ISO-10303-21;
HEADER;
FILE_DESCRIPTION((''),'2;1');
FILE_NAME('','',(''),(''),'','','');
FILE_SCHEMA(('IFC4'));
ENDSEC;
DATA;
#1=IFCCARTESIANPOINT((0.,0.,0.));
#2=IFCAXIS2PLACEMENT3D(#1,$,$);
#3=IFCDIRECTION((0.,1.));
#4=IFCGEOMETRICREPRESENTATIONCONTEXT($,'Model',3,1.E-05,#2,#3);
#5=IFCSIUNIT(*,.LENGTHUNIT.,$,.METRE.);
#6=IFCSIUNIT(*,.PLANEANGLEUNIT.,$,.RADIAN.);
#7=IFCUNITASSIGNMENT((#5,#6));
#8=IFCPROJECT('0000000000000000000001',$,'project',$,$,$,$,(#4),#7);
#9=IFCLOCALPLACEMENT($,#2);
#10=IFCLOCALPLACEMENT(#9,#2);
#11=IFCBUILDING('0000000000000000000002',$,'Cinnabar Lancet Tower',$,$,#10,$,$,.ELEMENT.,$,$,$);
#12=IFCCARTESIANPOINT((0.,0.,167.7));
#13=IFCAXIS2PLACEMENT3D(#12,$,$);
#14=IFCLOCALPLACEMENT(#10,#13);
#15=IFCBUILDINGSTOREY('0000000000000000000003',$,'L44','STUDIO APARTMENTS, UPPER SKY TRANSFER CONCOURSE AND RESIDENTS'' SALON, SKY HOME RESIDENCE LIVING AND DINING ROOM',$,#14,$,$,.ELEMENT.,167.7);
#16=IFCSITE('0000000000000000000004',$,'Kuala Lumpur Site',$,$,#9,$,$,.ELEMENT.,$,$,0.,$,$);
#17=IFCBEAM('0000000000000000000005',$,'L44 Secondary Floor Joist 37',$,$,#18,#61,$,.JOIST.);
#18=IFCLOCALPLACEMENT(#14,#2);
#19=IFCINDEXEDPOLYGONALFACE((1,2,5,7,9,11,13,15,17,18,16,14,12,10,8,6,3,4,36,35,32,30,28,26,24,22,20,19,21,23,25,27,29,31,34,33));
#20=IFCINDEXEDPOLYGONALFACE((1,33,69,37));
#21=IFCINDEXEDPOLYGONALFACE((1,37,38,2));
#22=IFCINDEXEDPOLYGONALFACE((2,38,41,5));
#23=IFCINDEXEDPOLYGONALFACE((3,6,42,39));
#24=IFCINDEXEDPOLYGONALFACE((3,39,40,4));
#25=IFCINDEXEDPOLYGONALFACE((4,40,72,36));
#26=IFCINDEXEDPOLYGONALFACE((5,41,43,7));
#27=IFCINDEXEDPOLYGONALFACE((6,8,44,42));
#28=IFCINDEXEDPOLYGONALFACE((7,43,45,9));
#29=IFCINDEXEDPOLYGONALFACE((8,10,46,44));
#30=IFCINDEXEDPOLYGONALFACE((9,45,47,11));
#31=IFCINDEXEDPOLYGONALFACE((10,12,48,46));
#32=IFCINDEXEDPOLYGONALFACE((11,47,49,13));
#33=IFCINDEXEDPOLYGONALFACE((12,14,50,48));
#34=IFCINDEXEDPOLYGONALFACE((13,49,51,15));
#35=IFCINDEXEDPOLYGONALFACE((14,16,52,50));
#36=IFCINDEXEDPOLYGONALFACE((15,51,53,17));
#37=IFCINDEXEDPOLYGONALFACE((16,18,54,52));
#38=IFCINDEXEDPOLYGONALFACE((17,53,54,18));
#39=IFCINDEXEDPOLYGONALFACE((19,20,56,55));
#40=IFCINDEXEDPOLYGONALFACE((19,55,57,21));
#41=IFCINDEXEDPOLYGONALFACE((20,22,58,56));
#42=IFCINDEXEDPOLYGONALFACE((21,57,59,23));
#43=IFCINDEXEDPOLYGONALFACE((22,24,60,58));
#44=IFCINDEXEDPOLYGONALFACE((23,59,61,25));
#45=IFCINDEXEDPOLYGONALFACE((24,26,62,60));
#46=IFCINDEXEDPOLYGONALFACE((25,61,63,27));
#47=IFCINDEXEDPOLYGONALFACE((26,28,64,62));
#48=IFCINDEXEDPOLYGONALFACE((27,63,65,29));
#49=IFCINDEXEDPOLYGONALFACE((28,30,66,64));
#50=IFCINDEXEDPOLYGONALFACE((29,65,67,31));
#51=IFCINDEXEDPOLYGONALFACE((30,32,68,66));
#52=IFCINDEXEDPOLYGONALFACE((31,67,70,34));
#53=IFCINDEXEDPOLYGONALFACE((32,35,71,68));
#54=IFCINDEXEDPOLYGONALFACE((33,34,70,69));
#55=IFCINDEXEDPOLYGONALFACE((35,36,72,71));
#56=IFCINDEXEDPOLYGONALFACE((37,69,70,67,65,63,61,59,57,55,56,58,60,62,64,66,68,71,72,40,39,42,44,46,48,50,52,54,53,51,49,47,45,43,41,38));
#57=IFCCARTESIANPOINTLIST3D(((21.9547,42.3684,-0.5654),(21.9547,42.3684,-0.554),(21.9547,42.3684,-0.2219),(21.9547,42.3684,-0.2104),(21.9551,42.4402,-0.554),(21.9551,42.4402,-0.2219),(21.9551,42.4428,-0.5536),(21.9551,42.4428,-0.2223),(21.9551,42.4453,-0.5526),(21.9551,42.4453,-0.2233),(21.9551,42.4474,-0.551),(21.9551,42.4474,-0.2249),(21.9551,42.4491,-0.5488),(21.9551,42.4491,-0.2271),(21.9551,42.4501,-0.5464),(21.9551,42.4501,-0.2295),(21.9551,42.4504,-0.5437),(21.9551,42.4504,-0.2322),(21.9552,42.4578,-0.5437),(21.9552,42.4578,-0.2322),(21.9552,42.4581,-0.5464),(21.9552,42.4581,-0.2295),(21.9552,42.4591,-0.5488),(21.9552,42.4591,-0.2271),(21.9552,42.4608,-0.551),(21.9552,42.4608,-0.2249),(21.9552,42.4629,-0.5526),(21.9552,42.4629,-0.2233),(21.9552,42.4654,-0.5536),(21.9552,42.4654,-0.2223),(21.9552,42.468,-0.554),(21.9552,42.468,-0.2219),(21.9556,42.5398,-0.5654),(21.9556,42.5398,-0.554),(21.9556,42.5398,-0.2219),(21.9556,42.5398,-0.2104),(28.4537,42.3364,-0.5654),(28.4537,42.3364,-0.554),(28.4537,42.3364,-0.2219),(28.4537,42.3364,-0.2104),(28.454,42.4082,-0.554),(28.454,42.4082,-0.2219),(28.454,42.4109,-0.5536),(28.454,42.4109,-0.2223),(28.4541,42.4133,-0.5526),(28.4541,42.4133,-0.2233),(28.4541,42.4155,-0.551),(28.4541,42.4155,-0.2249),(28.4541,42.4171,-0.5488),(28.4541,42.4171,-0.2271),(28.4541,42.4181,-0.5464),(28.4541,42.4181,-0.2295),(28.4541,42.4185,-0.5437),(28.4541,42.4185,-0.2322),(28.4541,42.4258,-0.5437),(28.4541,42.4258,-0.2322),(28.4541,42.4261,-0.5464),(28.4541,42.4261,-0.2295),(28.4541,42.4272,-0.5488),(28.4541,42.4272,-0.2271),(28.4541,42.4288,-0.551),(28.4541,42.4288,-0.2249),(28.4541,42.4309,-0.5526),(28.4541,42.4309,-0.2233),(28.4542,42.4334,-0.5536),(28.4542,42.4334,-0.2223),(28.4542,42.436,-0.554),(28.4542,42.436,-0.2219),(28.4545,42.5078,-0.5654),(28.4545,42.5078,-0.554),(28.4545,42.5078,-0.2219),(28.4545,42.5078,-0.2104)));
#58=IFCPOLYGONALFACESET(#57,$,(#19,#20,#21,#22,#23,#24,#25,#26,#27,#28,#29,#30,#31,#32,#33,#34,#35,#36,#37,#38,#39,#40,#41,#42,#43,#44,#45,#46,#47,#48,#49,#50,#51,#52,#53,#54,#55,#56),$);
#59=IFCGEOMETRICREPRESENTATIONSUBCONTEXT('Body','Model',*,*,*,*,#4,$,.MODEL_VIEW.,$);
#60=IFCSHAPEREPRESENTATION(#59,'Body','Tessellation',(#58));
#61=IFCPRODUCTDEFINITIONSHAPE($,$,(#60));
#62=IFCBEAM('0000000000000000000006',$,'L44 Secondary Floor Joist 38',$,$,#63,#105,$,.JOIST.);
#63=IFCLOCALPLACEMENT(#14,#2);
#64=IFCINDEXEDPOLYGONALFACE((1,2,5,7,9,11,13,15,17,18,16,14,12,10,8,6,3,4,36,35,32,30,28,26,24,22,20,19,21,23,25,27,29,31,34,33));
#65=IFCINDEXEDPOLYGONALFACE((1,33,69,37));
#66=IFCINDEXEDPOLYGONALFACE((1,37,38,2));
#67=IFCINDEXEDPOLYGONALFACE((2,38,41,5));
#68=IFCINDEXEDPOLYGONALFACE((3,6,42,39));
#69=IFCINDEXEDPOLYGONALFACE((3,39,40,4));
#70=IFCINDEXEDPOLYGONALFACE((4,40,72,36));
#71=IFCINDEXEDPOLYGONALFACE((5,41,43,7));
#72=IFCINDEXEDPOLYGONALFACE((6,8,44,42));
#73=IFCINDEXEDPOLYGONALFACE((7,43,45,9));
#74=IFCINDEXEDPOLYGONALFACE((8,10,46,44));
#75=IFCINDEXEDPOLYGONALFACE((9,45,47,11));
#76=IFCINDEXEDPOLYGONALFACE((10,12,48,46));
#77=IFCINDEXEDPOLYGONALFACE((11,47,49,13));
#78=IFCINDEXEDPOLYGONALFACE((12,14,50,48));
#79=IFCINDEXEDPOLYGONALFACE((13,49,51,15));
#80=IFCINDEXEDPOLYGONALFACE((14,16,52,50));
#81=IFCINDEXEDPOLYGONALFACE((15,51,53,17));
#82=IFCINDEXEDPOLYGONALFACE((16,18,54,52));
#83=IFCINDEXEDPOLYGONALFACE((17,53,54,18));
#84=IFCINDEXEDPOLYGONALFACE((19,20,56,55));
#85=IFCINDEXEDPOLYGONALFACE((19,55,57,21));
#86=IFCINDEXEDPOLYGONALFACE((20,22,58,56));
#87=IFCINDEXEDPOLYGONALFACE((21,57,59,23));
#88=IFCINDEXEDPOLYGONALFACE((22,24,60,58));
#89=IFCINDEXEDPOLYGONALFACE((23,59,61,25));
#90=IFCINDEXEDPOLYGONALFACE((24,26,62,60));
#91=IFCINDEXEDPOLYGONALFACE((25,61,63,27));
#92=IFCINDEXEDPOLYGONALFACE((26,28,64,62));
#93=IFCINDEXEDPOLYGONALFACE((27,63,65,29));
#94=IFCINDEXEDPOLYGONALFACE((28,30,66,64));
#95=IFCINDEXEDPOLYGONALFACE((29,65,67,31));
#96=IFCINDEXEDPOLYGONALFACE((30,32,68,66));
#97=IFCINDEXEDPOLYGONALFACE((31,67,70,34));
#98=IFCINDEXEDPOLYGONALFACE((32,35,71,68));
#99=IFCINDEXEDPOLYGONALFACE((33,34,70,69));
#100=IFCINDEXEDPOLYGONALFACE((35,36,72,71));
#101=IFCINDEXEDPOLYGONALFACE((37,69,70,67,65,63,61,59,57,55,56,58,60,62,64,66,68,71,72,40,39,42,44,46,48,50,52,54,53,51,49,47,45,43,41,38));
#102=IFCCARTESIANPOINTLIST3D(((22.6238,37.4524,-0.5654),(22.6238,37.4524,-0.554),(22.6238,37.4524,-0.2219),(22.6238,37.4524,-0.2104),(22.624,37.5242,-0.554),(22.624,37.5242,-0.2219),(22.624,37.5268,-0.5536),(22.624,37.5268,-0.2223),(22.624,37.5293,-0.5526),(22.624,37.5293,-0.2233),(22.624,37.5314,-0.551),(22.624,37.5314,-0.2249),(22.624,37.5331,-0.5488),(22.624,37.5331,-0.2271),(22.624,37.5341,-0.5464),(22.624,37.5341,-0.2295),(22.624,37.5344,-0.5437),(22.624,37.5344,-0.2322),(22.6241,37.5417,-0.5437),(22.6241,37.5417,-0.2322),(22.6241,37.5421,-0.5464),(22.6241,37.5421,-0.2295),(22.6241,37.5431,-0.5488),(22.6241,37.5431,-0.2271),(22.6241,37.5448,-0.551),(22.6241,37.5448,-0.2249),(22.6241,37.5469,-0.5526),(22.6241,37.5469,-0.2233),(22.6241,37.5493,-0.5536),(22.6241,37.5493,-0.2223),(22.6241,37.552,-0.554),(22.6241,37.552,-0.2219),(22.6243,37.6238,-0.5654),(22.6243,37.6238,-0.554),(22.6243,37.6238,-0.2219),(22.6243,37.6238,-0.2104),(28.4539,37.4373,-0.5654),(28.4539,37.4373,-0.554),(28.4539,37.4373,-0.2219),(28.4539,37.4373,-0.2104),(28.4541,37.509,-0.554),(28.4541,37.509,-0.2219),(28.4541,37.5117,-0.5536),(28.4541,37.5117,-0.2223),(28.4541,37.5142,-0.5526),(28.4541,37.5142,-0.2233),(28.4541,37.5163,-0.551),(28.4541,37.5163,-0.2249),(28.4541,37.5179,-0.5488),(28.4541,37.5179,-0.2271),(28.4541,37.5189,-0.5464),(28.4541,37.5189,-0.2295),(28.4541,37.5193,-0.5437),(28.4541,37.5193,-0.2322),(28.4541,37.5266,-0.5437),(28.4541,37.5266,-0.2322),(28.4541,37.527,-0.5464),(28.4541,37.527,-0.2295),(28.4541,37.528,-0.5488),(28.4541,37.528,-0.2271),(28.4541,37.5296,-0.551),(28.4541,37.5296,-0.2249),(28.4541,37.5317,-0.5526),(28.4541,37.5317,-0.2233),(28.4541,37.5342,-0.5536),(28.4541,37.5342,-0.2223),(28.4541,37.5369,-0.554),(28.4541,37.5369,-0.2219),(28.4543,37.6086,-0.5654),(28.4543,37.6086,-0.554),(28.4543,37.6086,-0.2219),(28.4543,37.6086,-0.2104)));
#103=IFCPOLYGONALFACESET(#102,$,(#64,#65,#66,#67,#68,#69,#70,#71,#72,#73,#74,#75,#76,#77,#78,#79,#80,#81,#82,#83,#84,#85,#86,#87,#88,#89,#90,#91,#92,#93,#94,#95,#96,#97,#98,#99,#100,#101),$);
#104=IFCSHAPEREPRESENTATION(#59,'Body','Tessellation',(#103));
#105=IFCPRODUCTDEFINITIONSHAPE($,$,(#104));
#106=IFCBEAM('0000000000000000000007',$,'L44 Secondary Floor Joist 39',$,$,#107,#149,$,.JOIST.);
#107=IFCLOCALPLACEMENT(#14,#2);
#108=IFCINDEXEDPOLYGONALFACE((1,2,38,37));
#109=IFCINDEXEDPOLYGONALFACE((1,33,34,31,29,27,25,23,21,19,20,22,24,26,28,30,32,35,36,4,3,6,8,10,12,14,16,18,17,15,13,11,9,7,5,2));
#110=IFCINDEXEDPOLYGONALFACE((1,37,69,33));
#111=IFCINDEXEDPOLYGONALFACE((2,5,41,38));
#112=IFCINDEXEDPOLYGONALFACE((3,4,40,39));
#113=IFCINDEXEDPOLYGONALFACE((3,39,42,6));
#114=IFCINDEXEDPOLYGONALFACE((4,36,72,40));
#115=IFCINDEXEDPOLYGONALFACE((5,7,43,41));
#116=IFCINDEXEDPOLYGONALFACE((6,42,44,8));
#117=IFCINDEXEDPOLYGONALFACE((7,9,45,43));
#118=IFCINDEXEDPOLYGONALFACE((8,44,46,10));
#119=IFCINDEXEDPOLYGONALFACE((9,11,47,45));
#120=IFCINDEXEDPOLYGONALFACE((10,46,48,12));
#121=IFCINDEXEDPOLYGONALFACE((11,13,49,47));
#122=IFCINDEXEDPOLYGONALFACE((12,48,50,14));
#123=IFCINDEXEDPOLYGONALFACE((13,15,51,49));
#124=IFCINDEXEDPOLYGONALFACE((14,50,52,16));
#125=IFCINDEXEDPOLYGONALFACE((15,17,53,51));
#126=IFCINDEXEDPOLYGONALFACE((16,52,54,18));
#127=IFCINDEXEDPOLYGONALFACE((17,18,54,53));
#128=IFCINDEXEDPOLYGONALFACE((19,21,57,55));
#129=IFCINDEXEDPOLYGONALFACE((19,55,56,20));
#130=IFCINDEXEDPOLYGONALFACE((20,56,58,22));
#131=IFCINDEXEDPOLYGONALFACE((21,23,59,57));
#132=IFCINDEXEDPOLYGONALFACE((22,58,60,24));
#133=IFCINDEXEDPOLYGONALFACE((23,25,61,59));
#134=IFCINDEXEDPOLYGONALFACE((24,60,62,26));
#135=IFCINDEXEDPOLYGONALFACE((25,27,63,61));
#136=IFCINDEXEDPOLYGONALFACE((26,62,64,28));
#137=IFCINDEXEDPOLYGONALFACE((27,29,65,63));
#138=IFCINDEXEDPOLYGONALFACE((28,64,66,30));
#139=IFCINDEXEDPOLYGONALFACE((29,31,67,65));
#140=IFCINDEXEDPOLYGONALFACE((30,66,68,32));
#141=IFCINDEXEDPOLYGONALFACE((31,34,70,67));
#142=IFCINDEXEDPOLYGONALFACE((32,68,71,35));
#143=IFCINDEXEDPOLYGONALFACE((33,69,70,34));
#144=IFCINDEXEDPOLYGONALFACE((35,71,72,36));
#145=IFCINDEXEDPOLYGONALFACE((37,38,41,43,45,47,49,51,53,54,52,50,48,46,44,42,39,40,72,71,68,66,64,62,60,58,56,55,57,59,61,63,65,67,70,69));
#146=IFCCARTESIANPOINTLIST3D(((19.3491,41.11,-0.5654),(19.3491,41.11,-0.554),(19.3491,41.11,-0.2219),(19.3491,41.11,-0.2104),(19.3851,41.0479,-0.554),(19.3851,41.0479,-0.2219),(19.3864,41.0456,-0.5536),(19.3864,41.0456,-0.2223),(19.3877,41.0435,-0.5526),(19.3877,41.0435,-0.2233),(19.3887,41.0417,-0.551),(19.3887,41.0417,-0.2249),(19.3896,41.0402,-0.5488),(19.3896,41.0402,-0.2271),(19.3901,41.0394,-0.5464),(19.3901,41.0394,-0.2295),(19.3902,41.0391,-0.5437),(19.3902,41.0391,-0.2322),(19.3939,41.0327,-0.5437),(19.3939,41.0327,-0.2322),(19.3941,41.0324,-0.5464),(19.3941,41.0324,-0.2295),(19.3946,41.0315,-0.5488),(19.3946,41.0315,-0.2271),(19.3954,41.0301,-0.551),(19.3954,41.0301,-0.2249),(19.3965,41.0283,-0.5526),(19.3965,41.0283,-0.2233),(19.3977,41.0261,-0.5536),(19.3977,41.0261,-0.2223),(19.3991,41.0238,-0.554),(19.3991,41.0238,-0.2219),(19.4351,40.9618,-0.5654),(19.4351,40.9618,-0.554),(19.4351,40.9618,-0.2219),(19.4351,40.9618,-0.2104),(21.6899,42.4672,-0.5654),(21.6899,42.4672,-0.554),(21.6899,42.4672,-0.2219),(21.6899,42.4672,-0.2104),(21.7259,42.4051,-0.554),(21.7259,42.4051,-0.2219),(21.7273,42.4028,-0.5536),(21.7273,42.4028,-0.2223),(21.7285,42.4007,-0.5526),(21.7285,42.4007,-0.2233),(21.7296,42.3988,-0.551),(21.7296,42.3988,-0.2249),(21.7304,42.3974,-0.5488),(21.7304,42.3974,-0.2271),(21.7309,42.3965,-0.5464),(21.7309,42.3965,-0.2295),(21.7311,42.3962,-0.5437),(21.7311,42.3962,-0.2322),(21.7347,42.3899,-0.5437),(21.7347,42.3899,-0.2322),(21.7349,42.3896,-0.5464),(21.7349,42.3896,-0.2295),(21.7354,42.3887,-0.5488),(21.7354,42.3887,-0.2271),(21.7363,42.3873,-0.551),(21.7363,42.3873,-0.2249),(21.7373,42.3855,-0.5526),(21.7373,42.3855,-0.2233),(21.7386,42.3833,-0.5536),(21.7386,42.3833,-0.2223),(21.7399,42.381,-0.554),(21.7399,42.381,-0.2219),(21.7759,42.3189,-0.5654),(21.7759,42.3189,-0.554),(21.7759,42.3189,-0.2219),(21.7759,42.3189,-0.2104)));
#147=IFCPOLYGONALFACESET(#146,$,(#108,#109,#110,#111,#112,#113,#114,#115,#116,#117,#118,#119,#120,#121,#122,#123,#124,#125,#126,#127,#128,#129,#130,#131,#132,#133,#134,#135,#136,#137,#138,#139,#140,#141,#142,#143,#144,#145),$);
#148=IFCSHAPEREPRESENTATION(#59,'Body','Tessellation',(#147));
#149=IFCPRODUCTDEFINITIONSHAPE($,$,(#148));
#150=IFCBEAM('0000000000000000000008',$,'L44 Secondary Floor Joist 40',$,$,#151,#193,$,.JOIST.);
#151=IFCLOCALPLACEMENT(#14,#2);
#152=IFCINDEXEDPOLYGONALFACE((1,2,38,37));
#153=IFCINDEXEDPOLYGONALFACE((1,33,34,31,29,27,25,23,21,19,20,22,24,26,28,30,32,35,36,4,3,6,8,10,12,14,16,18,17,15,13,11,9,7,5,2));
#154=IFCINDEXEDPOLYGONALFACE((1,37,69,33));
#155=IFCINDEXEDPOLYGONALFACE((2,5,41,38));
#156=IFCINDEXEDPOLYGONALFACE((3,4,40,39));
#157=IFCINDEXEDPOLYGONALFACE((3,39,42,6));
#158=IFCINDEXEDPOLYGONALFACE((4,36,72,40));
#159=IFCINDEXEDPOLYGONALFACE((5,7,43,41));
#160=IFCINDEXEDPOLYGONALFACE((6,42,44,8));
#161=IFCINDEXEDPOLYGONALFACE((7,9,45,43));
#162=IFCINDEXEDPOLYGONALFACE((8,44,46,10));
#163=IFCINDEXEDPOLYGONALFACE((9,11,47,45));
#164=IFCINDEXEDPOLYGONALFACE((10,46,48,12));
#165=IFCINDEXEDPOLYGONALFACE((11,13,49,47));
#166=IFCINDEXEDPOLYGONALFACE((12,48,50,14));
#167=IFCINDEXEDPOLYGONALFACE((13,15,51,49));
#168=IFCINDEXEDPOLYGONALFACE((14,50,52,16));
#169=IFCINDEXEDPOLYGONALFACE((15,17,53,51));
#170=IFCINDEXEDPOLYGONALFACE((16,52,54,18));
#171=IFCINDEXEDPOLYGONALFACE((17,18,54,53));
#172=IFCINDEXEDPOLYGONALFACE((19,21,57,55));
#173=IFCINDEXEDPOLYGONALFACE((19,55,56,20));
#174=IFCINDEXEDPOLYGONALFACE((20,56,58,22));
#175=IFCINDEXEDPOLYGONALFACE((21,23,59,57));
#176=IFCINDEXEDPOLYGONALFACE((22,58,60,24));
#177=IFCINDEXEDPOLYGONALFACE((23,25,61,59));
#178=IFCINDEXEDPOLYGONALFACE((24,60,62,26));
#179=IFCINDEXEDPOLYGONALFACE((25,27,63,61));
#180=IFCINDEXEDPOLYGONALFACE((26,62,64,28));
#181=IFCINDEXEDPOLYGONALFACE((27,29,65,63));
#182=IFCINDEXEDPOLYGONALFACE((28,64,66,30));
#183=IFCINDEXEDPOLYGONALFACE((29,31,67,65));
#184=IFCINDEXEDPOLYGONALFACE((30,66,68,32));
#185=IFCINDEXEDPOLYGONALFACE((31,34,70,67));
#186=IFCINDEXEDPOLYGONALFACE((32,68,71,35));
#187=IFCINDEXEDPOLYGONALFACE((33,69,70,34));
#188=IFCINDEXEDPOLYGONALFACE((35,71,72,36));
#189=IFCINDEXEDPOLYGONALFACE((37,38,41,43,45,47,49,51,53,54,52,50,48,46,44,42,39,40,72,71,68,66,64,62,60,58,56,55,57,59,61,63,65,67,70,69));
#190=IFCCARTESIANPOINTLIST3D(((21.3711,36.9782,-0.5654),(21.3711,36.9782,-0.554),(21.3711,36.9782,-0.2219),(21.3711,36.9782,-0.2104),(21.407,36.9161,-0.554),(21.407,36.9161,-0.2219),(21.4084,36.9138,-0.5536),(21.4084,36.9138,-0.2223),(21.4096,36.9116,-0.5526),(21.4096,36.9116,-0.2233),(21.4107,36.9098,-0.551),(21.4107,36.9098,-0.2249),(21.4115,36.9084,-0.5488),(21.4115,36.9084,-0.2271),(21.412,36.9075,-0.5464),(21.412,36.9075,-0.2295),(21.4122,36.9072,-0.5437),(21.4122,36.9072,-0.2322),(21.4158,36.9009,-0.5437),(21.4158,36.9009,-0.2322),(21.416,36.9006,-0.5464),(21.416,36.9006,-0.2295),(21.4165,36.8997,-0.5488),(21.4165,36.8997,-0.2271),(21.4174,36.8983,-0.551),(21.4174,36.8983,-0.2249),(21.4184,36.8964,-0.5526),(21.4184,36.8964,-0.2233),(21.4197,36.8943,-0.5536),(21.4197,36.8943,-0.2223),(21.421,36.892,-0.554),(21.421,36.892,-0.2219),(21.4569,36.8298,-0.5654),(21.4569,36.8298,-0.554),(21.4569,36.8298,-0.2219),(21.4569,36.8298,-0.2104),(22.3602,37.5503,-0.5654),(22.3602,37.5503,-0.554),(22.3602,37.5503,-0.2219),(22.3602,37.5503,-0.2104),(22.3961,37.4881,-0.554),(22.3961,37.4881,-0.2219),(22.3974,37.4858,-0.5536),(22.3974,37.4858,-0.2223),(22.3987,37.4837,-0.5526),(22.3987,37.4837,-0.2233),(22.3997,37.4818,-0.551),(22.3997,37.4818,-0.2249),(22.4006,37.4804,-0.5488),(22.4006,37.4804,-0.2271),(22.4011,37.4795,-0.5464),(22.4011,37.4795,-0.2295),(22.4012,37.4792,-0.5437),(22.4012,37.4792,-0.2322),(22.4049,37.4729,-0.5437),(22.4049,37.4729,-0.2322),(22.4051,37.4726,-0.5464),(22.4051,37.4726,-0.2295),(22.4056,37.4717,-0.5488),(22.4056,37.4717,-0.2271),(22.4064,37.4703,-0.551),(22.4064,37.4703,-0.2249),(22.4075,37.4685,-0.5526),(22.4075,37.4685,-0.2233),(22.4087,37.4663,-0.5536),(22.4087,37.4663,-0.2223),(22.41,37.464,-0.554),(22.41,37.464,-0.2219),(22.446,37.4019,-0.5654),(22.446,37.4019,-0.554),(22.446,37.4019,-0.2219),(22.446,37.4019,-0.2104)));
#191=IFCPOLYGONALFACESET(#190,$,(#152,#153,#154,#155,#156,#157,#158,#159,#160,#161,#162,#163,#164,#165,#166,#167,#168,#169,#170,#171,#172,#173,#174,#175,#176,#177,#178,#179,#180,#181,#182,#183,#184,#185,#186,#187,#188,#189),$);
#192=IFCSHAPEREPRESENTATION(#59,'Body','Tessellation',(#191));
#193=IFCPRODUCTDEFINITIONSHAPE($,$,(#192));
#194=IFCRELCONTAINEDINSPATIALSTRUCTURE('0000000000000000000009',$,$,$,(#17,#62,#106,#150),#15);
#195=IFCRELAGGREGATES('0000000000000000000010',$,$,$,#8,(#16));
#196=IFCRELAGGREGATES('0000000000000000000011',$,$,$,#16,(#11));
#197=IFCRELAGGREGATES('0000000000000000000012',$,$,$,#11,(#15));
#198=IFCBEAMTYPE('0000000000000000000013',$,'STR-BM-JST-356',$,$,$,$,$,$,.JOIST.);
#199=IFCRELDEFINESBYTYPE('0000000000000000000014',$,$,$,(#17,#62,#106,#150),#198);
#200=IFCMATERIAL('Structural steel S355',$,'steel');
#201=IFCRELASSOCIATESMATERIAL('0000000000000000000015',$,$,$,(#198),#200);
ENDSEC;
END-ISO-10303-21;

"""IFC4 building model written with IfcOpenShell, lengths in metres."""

from ifc_helpers import new_model, si_unit, direction, frame, origin, origin_2d, place, context, subcontext, project, spatial, i_section, extrude, material, material_profile, profile_set, type_object, element, save


model = new_model("IFC4")

# Units and contexts
model_context = context("Model", 3, precision=1e-05, world=origin(), true_north=direction((0.0, 1.0)))
body_context = subcontext(model_context, "Body", "Model", "MODEL_VIEW")
ifc_project = project(units=[si_unit("LENGTHUNIT", "METRE"), si_unit("PLANEANGLEUNIT", "RADIAN")], contexts=[model_context])

# Site, building, storey
site_placement = place(None, origin())
site = spatial("IfcSite", under=ifc_project, at=site_placement, Name="Kuala Lumpur Site", CompositionType="ELEMENT", RefElevation=0.0)
building_placement = place(site_placement, origin())
building = spatial("IfcBuilding", under=site, at=building_placement, Name="Cinnabar Lancet Tower", CompositionType="ELEMENT")
storey_placement = place(building_placement, frame((0.0, 0.0, 167.7)))
storey = spatial("IfcBuildingStorey", under=building, at=storey_placement, Name="L44", Description="STUDIO APARTMENTS, UPPER SKY TRANSFER CONCOURSE AND RESIDENTS' SALON, SKY HOME RESIDENCE LIVING AND DINING ROOM", CompositionType="ELEMENT", Elevation=167.7)

# Beams
ifc_material_1 = material(Name="Structural steel S355", Category="steel")
ifc_material_profile_1 = material_profile(ifc_material_1, i_section(OverallWidth=0.1714, OverallDepth=0.355, WebThickness=0.0073, FlangeThickness=0.0115, FilletRadius=0.0103, at=origin_2d()), Name="UKB 356x171x51")
ifc_profile_set_1 = profile_set([ifc_material_profile_1], Name="Structural steel S355")
beam_type_1 = type_object("IfcBeamType", Name="STR-BM-JST-356", PredefinedType="JOIST", material=ifc_profile_set_1)
beam_1_placement = place(storey_placement, frame((28.4541, 42.4221, -0.3879), z_axis=(-0.999988, 0.004921, 0.0), x_axis=(-0.004921, -0.999988, 0.0)))
element("IfcBeam", 1, at=beam_1_placement, inside=storey, type_object=beam_type_1, Name="L44 Secondary Floor Joist 37", PredefinedType="JOIST", context=body_context, shape_type="SweptSolid", body=[
    extrude(i_section(OverallWidth=0.1714, OverallDepth=0.355, WebThickness=0.0073, FlangeThickness=0.0115, FilletRadius=0.0103, at=origin_2d()), origin(), (0.0, 0.0, 1.0), 6.499),
])
beam_2_placement = place(storey_placement, frame((28.4541, 37.5229, -0.3879), z_axis=(-0.999997, 0.002596, 0.0), x_axis=(-0.002596, -0.999997, 0.0)))
element("IfcBeam", 2, at=beam_2_placement, inside=storey, type_object=beam_type_1, Name="L44 Secondary Floor Joist 38", PredefinedType="JOIST", context=body_context, shape_type="SweptSolid", body=[
    extrude(i_section(OverallWidth=0.1714, OverallDepth=0.355, WebThickness=0.0073, FlangeThickness=0.0115, FilletRadius=0.0103, at=origin_2d()), origin(), (0.0, 0.0, 1.0), 5.8301),
])
beam_3_placement = place(storey_placement, frame((21.7329, 42.3931, -0.3879), z_axis=(-0.865111, -0.50158, 0.0), x_axis=(0.50158, -0.865111, 0.0)))
element("IfcBeam", 3, at=beam_3_placement, inside=storey, type_object=beam_type_1, Name="L44 Secondary Floor Joist 39", PredefinedType="JOIST", context=body_context, shape_type="SweptSolid", body=[
    extrude(i_section(OverallWidth=0.1714, OverallDepth=0.355, WebThickness=0.0073, FlangeThickness=0.0115, FilletRadius=0.0103, at=origin_2d()), origin(), (0.0, 0.0, 1.0), 2.7058),
])
beam_4_placement = place(storey_placement, frame((22.4031, 37.4761, -0.3879), z_axis=(-0.865641, -0.500666, 0.0), x_axis=(0.500666, -0.865641, 0.0)))
element("IfcBeam", 4, at=beam_4_placement, inside=storey, type_object=beam_type_1, Name="L44 Secondary Floor Joist 40", PredefinedType="JOIST", context=body_context, shape_type="SweptSolid", body=[
    extrude(i_section(OverallWidth=0.1714, OverallDepth=0.355, WebThickness=0.0073, FlangeThickness=0.0115, FilletRadius=0.0103, at=origin_2d()), origin(), (0.0, 0.0, 1.0), 1.1426),
])

save(model, "model.ifc")
